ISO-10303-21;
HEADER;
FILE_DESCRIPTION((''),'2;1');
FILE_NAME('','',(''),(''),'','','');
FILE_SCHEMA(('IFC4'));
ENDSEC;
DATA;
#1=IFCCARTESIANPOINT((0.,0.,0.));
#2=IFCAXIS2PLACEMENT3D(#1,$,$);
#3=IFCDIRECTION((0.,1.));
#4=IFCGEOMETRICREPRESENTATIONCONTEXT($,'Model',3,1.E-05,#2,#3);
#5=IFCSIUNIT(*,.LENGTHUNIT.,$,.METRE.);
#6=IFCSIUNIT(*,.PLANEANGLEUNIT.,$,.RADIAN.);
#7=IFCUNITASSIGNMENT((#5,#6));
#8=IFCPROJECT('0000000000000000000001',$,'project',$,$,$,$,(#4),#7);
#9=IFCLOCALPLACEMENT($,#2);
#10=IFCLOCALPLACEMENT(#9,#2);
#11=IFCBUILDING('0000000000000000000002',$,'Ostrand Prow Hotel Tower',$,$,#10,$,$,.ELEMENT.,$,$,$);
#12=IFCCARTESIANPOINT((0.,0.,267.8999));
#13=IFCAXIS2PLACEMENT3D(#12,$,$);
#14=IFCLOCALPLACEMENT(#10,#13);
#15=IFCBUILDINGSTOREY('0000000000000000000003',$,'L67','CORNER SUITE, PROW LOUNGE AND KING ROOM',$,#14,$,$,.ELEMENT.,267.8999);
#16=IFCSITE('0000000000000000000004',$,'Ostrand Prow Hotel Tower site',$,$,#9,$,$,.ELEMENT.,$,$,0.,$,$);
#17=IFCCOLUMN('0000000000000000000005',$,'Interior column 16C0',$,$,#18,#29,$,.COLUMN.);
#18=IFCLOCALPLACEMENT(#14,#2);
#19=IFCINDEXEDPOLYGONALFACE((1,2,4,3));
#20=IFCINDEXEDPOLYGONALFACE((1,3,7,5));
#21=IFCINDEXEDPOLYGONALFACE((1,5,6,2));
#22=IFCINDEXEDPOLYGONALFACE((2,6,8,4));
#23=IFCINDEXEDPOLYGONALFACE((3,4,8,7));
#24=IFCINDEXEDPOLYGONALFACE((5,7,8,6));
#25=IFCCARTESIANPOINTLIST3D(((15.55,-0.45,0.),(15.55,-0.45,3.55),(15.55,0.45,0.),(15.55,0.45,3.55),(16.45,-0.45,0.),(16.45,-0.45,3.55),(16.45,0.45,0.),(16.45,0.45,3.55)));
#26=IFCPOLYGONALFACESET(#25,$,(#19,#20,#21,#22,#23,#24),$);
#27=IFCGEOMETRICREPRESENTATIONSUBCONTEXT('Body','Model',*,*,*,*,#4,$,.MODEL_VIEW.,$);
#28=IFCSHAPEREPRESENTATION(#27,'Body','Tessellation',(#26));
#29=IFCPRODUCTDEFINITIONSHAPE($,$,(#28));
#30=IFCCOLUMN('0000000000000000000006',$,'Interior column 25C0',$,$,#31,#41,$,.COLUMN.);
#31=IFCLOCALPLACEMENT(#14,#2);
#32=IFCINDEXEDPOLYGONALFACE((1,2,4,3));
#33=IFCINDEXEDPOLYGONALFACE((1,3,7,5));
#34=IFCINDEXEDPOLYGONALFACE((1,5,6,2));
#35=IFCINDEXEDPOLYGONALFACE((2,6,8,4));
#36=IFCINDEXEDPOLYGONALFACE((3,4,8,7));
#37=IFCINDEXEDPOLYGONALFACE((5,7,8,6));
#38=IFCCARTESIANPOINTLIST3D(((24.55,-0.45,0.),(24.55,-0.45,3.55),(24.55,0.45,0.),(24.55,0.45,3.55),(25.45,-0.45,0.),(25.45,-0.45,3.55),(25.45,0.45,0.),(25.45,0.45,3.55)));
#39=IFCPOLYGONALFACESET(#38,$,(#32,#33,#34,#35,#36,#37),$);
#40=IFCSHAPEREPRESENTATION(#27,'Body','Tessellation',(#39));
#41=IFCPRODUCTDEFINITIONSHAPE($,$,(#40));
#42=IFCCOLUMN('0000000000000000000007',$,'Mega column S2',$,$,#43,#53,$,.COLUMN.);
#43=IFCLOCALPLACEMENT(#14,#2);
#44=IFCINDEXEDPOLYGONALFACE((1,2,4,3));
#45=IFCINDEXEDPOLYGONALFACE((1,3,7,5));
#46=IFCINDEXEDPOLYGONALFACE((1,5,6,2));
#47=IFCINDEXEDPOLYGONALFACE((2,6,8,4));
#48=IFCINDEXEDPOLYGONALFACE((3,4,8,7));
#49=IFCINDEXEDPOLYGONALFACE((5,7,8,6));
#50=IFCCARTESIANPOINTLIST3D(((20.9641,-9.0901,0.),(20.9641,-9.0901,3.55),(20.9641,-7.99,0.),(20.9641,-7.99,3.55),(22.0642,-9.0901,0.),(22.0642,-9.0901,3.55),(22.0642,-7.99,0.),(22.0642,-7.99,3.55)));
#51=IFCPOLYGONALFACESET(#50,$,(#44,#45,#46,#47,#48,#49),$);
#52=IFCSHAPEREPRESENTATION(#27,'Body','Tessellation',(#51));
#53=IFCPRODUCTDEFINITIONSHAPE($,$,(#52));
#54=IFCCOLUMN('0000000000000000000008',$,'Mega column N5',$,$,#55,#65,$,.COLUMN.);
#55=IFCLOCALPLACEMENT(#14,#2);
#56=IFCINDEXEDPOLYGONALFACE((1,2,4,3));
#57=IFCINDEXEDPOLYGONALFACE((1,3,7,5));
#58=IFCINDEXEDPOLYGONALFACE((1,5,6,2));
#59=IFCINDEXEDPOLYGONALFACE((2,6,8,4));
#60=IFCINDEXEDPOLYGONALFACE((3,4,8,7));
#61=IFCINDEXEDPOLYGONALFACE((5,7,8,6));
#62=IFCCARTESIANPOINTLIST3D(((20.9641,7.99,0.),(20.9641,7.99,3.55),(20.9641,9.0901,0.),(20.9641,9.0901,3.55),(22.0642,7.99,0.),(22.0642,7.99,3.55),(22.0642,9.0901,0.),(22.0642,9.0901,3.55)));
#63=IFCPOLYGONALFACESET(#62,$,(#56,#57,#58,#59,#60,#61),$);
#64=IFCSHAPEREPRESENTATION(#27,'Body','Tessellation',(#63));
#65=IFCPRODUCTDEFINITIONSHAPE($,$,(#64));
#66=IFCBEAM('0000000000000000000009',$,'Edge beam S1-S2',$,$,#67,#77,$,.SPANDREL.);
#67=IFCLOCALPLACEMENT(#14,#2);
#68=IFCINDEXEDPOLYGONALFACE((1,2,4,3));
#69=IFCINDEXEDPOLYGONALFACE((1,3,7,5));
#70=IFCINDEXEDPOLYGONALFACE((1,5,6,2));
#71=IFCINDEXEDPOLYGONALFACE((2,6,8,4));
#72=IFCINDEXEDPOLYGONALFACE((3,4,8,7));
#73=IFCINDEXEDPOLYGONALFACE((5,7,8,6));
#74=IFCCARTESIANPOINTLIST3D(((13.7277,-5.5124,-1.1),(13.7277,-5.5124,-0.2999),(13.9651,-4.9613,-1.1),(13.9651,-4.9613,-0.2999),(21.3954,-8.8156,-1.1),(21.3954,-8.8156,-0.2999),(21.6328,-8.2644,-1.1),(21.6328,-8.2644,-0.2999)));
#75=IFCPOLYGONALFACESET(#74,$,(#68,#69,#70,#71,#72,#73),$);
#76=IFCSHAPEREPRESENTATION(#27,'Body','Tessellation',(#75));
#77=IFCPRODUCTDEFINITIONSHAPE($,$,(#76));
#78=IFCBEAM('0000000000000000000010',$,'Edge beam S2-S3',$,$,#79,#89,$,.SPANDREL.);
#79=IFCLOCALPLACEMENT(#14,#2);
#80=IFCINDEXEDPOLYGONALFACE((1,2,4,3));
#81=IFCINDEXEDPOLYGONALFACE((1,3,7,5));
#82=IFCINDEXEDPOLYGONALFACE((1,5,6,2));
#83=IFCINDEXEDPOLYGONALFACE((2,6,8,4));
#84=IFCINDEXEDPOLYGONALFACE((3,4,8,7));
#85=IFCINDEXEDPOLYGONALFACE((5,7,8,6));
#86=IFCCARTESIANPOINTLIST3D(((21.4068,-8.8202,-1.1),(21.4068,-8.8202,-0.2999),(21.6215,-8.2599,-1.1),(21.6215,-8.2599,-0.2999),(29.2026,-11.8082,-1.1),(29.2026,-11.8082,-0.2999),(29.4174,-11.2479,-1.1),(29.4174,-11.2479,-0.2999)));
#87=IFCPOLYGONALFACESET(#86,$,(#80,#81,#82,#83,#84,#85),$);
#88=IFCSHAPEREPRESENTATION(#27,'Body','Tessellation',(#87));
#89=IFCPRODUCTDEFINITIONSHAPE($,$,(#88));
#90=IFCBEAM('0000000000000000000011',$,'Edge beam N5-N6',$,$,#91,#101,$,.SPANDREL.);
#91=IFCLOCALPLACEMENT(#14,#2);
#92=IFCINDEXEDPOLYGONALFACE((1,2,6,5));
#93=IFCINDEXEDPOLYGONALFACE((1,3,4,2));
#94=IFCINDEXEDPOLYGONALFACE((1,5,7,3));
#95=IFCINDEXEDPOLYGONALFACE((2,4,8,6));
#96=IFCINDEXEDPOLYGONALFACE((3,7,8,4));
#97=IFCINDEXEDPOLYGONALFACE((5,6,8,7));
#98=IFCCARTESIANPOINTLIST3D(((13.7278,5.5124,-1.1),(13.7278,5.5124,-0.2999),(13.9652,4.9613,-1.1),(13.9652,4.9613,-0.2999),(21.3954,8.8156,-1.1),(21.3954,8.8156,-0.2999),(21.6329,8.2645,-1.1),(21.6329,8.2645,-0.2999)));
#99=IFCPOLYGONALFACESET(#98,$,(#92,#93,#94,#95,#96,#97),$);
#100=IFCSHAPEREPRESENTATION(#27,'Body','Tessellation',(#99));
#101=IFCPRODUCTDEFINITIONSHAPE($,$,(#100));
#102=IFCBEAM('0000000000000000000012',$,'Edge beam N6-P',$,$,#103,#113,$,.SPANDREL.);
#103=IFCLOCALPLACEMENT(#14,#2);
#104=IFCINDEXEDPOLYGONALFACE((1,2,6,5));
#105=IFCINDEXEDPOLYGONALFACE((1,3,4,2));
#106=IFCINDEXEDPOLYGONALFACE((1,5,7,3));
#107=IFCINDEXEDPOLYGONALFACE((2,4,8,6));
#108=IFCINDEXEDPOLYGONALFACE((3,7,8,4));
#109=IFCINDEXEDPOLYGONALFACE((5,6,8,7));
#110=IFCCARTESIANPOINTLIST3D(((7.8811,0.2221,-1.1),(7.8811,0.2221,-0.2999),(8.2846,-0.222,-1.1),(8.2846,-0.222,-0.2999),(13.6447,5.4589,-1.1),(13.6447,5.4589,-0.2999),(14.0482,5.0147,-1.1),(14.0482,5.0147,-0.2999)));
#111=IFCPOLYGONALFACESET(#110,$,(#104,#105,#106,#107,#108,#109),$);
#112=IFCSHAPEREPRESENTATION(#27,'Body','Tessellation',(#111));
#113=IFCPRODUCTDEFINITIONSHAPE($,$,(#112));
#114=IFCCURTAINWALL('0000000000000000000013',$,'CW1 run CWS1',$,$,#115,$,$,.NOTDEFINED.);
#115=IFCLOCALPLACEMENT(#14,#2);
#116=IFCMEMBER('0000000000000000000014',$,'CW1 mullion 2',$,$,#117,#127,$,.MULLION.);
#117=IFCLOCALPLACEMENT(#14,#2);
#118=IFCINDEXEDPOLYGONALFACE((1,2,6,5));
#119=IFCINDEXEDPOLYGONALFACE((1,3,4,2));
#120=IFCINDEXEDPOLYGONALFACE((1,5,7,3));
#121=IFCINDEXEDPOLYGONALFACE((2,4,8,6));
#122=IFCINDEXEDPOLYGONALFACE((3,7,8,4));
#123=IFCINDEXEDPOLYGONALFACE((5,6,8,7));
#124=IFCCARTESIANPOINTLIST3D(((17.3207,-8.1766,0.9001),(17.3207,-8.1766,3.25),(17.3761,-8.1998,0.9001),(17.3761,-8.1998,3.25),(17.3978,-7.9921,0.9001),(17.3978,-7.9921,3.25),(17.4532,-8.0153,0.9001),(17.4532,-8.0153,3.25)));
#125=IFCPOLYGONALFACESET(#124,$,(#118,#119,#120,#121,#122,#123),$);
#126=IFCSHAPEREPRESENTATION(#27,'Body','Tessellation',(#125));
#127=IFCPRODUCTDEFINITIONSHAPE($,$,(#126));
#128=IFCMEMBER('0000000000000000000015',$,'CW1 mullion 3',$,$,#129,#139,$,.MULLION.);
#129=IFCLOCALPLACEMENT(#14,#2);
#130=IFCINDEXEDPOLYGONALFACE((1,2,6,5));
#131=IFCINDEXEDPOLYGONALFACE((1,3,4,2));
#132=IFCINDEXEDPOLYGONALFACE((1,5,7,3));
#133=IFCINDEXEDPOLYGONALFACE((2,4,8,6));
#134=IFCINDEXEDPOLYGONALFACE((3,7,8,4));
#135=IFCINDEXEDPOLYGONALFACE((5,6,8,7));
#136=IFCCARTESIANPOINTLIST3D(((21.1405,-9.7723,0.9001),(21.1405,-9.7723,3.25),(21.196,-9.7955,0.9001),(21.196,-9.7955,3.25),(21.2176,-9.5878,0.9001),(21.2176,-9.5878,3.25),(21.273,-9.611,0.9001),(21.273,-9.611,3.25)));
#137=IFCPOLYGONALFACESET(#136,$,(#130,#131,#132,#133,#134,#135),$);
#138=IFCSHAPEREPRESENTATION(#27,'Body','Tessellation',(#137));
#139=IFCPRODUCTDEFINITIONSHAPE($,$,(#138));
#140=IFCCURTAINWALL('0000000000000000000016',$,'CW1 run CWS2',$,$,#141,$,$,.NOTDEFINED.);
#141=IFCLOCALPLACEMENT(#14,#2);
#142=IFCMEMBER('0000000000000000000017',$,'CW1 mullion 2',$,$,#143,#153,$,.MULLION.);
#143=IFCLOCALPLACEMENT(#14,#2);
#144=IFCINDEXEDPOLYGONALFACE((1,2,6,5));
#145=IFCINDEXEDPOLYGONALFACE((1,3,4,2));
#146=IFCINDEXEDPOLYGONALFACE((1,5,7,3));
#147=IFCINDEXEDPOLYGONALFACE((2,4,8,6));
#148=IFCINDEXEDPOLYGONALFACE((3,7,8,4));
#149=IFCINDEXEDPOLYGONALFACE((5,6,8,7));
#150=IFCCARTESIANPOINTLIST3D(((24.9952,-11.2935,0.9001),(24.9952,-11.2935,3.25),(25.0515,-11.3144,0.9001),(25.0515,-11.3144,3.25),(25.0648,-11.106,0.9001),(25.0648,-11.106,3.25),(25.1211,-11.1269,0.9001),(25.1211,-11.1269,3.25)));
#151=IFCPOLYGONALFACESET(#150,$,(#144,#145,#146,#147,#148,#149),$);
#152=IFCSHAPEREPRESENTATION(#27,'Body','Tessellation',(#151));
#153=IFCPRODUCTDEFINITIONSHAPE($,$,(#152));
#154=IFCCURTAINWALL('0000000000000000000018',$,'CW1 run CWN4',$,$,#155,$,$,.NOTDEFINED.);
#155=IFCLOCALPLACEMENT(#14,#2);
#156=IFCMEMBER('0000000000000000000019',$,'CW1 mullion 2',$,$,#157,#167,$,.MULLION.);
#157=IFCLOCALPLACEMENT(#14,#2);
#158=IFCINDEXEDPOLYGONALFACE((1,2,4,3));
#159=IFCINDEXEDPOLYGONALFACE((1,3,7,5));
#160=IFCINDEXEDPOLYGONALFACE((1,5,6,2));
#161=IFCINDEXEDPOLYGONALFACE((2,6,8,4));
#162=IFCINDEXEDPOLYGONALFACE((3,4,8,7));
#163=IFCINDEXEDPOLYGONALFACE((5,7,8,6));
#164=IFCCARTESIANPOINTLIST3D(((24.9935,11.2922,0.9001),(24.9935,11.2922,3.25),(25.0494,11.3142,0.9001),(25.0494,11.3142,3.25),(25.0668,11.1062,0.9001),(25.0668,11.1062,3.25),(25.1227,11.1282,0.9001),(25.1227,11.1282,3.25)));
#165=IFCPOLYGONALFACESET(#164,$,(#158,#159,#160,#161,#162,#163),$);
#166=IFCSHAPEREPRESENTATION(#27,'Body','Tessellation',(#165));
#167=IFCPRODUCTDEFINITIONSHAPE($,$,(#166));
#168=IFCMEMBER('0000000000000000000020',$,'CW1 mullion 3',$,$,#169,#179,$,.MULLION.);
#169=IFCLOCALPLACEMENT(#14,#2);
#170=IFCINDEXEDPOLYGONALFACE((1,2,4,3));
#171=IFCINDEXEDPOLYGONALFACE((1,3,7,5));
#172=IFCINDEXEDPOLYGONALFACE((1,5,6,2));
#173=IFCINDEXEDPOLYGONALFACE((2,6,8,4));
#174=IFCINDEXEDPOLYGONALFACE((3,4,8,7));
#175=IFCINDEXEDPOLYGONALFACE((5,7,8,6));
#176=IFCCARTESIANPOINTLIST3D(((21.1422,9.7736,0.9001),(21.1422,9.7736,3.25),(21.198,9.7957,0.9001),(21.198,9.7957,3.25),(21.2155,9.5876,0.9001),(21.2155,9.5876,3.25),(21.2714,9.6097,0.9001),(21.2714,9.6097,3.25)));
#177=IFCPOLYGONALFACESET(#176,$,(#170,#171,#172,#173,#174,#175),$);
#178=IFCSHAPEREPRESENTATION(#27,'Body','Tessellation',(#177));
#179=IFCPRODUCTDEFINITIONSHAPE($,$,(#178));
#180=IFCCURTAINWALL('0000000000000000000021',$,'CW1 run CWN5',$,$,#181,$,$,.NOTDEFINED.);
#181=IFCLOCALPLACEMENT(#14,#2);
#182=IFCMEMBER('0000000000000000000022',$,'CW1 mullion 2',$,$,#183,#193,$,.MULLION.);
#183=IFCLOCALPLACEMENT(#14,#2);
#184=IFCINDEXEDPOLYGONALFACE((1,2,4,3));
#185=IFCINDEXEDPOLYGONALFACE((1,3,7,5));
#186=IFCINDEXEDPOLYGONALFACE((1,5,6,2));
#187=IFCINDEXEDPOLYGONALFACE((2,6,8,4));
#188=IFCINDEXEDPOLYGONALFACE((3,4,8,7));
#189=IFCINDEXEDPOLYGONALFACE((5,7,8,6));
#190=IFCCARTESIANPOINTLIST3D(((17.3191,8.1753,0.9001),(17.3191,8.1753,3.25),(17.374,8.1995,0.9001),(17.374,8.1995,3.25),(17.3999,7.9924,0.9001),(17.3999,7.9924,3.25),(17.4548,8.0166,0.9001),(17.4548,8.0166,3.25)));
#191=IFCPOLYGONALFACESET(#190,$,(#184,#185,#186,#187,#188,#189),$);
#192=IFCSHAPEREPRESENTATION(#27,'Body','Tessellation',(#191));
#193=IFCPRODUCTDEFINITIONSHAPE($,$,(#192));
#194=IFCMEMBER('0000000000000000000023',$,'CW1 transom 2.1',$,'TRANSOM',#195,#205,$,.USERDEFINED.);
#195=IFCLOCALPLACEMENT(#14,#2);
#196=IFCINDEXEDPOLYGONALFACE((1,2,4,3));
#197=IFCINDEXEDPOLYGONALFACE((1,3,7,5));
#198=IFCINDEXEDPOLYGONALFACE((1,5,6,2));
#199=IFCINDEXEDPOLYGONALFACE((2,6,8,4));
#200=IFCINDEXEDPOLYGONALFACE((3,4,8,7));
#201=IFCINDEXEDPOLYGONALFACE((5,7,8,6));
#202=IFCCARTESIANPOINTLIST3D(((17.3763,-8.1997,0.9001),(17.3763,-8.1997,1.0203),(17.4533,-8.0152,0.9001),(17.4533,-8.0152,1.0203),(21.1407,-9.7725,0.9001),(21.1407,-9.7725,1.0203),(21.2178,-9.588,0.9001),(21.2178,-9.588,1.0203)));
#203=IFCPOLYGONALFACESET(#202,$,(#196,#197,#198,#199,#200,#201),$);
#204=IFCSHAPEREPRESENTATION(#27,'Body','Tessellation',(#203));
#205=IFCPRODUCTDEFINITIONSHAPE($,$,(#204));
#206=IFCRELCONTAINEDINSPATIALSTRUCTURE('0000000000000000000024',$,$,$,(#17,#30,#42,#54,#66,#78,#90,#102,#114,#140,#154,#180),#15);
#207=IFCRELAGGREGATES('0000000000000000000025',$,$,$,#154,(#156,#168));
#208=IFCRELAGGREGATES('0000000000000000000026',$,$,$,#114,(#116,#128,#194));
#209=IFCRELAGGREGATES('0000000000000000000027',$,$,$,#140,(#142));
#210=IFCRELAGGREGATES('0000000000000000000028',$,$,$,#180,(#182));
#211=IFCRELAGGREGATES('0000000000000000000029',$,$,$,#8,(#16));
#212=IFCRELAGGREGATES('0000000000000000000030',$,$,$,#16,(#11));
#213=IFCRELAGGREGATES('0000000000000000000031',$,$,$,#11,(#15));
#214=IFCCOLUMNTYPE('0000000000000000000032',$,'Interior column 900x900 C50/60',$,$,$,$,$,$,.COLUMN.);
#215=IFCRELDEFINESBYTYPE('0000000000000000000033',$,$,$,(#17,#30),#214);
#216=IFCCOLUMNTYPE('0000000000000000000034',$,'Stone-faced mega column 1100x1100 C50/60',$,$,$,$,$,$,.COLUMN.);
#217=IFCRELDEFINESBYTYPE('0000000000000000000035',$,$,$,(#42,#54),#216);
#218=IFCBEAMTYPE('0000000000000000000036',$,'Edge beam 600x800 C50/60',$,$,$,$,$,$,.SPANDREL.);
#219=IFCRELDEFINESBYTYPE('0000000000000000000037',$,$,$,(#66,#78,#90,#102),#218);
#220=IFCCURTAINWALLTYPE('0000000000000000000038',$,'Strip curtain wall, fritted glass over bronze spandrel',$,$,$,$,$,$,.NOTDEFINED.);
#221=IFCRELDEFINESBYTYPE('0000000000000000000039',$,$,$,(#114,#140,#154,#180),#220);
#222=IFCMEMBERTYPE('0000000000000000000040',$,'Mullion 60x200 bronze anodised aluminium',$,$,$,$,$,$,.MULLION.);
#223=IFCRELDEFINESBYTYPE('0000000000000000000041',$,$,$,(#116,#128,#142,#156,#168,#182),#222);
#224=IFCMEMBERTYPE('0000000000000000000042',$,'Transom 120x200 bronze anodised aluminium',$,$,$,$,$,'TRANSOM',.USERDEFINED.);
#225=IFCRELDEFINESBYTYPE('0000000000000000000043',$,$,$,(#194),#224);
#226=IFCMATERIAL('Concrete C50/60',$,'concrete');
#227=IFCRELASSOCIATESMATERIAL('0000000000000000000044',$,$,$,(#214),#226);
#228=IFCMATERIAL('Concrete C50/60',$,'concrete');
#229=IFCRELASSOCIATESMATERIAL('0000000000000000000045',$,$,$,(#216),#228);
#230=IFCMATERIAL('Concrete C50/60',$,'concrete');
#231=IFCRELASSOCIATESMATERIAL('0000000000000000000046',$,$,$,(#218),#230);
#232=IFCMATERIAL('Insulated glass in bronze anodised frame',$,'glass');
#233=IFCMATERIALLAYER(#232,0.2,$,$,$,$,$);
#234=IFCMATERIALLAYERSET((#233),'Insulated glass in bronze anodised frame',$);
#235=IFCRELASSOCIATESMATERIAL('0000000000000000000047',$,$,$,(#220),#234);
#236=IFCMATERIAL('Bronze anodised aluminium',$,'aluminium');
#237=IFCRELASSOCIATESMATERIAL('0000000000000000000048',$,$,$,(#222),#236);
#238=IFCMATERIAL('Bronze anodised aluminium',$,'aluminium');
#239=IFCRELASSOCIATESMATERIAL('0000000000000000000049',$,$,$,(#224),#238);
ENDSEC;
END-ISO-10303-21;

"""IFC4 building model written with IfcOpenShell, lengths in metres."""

from ifc_helpers import new_model, si_unit, direction, frame, origin, origin_2d, place, context, subcontext, project, spatial, rectangle, extrude, material, layer, layer_set, material_profile, profile_set, type_object, element, aggregate, save


model = new_model("IFC4")

# Units and contexts
model_context = context("Model", 3, precision=1e-05, world=origin(), true_north=direction((0.0, 1.0)))
body_context = subcontext(model_context, "Body", "Model", "MODEL_VIEW")
ifc_project = project(units=[si_unit("LENGTHUNIT", "METRE"), si_unit("PLANEANGLEUNIT", "RADIAN")], contexts=[model_context])

# Site, building, storey
site_placement = place(None, origin())
site = spatial("IfcSite", under=ifc_project, at=site_placement, Name="Ostrand Prow Hotel Tower site", CompositionType="ELEMENT", RefElevation=0.0)
building_placement = place(site_placement, origin())
building = spatial("IfcBuilding", under=site, at=building_placement, Name="Ostrand Prow Hotel Tower", CompositionType="ELEMENT")
storey_placement = place(building_placement, frame((0.0, 0.0, 267.8999)))
storey = spatial("IfcBuildingStorey", under=building, at=storey_placement, Name="L67", Description="CORNER SUITE, PROW LOUNGE AND KING ROOM", CompositionType="ELEMENT", Elevation=267.8999)

# Columns
ifc_material_1 = material(Name="Concrete C50/60", Category="concrete")
ifc_material_profile_1 = material_profile(ifc_material_1, rectangle(XDim=0.8999, YDim=0.8999, at=origin_2d()), Name="RC 900x900")
ifc_profile_set_1 = profile_set([ifc_material_profile_1], Name="Concrete C50/60")
column_type_1 = type_object("IfcColumnType", Name="Interior column 900x900 C50/60", PredefinedType="COLUMN", material=ifc_profile_set_1)
for number, where, z_axis, x_axis, name in (
    (1, (16.0, 0.0, 0.0), (0.0, 0.0, 1.0), (1.0, 0.0, 0.0), "Interior column 16C0"),
    (2, (25.0, 0.0, 0.0), (0.0, 0.0, 1.0), (1.0, 0.0, 0.0), "Interior column 25C0"),
):
    element("IfcColumn", number, at=place(storey_placement, frame(where, z_axis=z_axis, x_axis=x_axis)), inside=storey, type_object=column_type_1, Name=name, PredefinedType="COLUMN", context=body_context, shape_type="SweptSolid", body=[
        extrude(rectangle(XDim=0.8999, YDim=0.8999, at=origin_2d()), origin(), (0.0, 0.0, 1.0), 3.55),
    ])
ifc_material_2 = material(Name="Concrete C50/60", Category="concrete")
ifc_material_profile_2 = material_profile(ifc_material_2, rectangle(XDim=1.1001, YDim=1.1001, at=origin_2d()), Name="RC 1100x1100")
ifc_profile_set_2 = profile_set([ifc_material_profile_2], Name="Concrete C50/60")
column_type_2 = type_object("IfcColumnType", Name="Stone-faced mega column 1100x1100 C50/60", PredefinedType="COLUMN", material=ifc_profile_set_2)
for number, where, z_axis, x_axis, name in (
    (3, (21.5142, -8.54, 0.0), (0.0, 0.0, 1.0), (1.0, 0.0, 0.0), "Mega column S2"),
    (4, (21.5142, 8.54, 0.0), (0.0, 0.0, 1.0), (1.0, 0.0, 0.0), "Mega column N5"),
):
    element("IfcColumn", number, at=place(storey_placement, frame(where, z_axis=z_axis, x_axis=x_axis)), inside=storey, type_object=column_type_2, Name=name, PredefinedType="COLUMN", context=body_context, shape_type="SweptSolid", body=[
        extrude(rectangle(XDim=1.1001, YDim=1.1001, at=origin_2d()), origin(), (0.0, 0.0, 1.0), 3.55),
    ])

# Beams
ifc_material_3 = material(Name="Concrete C50/60", Category="concrete")
ifc_material_profile_3 = material_profile(ifc_material_3, rectangle(XDim=0.6001, YDim=0.8, at=origin_2d()), Name="RC 600x800")
ifc_profile_set_3 = profile_set([ifc_material_profile_3], Name="Concrete C50/60")
beam_type = type_object("IfcBeamType", Name="Edge beam 600x800 C50/60", PredefinedType="SPANDREL", material=ifc_profile_set_3)
for number, where, z_axis, x_axis, name in (
    (5, (13.8464, -5.2368, -0.7), (0.918404, -0.395644, 0.0), (0.395644, 0.918404, 0.0), "Edge beam S1-S2"),
    (6, (21.5142, -8.54, -0.7), (0.933762, -0.357895, 0.0), (0.357895, 0.933762, 0.0), "Edge beam S2-S3"),
    (7, (21.5142, 8.54, -0.7), (-0.918404, -0.395644, 0.0), (0.395644, -0.918404, 0.0), "Edge beam N5-N6"),
):
    element("IfcBeam", number, at=place(storey_placement, frame(where, z_axis=z_axis, x_axis=x_axis)), inside=storey, type_object=beam_type, Name=name, PredefinedType="SPANDREL", context=body_context, shape_type="SweptSolid", body=[
        extrude(rectangle(XDim=0.6001, YDim=0.8, at=origin_2d()), origin(), (0.0, 0.0, 1.0), 8.3489),
    ])
beam_placement = place(storey_placement, frame((13.8464, 5.2368, -0.7), z_axis=(-0.740124, -0.67247, 0.0), x_axis=(0.67247, -0.740124, 0.0)))
element("IfcBeam", 8, at=beam_placement, inside=storey, type_object=beam_type, Name="Edge beam N6-P", PredefinedType="SPANDREL", context=body_context, shape_type="SweptSolid", body=[
    extrude(rectangle(XDim=0.6001, YDim=0.8, at=origin_2d()), origin(), (0.0, 0.0, 1.0), 7.7874),
])

# Curtain wall, members
ifc_material_4 = material(Name="Insulated glass in bronze anodised frame", Category="glass")
ifc_layer_1 = layer(ifc_material_4, 0.2)
ifc_layer_set_1 = layer_set([ifc_layer_1], Name="Insulated glass in bronze anodised frame")
curtain_wall_type = type_object("IfcCurtainWallType", Name="Strip curtain wall, fritted glass over bronze spandrel", PredefinedType="NOTDEFINED", material=ifc_layer_set_1)
curtain_wall_1_placement = place(storey_placement, origin())
curtain_wall_1 = element("IfcCurtainWall", 9, at=curtain_wall_1_placement, inside=storey, type_object=curtain_wall_type, Name="CW1 run CWS1", PredefinedType="NOTDEFINED")
ifc_material_5 = material(Name="Bronze anodised aluminium", Category="aluminium")
ifc_material_profile_4 = material_profile(ifc_material_5, rectangle(XDim=0.2, YDim=0.0601, at=origin_2d()), Name="Mullion 60x200 bronze anodised aluminium")
ifc_profile_set_4 = profile_set([ifc_material_profile_4], Name="Bronze anodised aluminium")
member_type_1 = type_object("IfcMemberType", Name="Mullion 60x200 bronze anodised aluminium", PredefinedType="MULLION", material=ifc_profile_set_4)
member_1_placement = place(storey_placement, frame((17.387, -8.0959, 0.9001), z_axis=(0.0, 0.0, 1.0), x_axis=(0.385471, 0.92272, 0.0)))
member_1 = element("IfcMember", 10, at=member_1_placement, type_object=member_type_1, Name="CW1 mullion 2", PredefinedType="MULLION", context=body_context, shape_type="SweptSolid", body=[
    extrude(rectangle(XDim=0.2, YDim=0.0601, at=origin_2d()), origin(), (0.0, 0.0, 1.0), 2.3499),
])
member_2_placement = place(storey_placement, frame((21.2068, -9.6917, 0.9001), z_axis=(0.0, 0.0, 1.0), x_axis=(0.385471, 0.92272, 0.0)))
member_2 = element("IfcMember", 11, at=member_2_placement, type_object=member_type_1, Name="CW1 mullion 3", PredefinedType="MULLION", context=body_context, shape_type="SweptSolid", body=[
    extrude(rectangle(XDim=0.2, YDim=0.0601, at=origin_2d()), origin(), (0.0, 0.0, 1.0), 2.3499),
])

# Curtain wall, member
curtain_wall_2_placement = place(storey_placement, origin())
curtain_wall_2 = element("IfcCurtainWall", 12, at=curtain_wall_2_placement, inside=storey, type_object=curtain_wall_type, Name="CW1 run CWS2", PredefinedType="NOTDEFINED")
member_3_placement = place(storey_placement, frame((25.0581, -11.2102, 0.9001), z_axis=(0.0, 0.0, 1.0), x_axis=(0.348071, 0.937468, 0.0)))
member_3 = element("IfcMember", 13, at=member_3_placement, type_object=member_type_1, Name="CW1 mullion 2", PredefinedType="MULLION", context=body_context, shape_type="SweptSolid", body=[
    extrude(rectangle(XDim=0.2, YDim=0.0601, at=origin_2d()), origin(), (0.0, 0.0, 1.0), 2.3499),
])

# Curtain wall, members
curtain_wall_3_placement = place(storey_placement, origin())
curtain_wall_3 = element("IfcCurtainWall", 14, at=curtain_wall_3_placement, inside=storey, type_object=curtain_wall_type, Name="CW1 run CWN4", PredefinedType="NOTDEFINED")
member_4_placement = place(storey_placement, frame((25.0581, 11.2102, 0.9001), z_axis=(0.0, 0.0, 1.0), x_axis=(0.366845, -0.930282, 0.0)))
member_4 = element("IfcMember", 15, at=member_4_placement, type_object=member_type_1, Name="CW1 mullion 2", PredefinedType="MULLION", context=body_context, shape_type="SweptSolid", body=[
    extrude(rectangle(XDim=0.2, YDim=0.0601, at=origin_2d()), origin(), (0.0, 0.0, 1.0), 2.3499),
])
member_5_placement = place(storey_placement, frame((21.2068, 9.6917, 0.9001), z_axis=(0.0, 0.0, 1.0), x_axis=(0.366845, -0.930282, 0.0)))
member_5 = element("IfcMember", 16, at=member_5_placement, type_object=member_type_1, Name="CW1 mullion 3", PredefinedType="MULLION", context=body_context, shape_type="SweptSolid", body=[
    extrude(rectangle(XDim=0.2, YDim=0.0601, at=origin_2d()), origin(), (0.0, 0.0, 1.0), 2.3499),
])

# Curtain wall, member
curtain_wall_4_placement = place(storey_placement, origin())
curtain_wall_4 = element("IfcCurtainWall", 17, at=curtain_wall_4_placement, inside=storey, type_object=curtain_wall_type, Name="CW1 run CWN5", PredefinedType="NOTDEFINED")
member_6_placement = place(storey_placement, frame((17.387, 8.0959, 0.9001), z_axis=(0.0, 0.0, 1.0), x_axis=(0.40394, -0.914786, 0.0)))
member_6 = element("IfcMember", 18, at=member_6_placement, type_object=member_type_1, Name="CW1 mullion 2", PredefinedType="MULLION", context=body_context, shape_type="SweptSolid", body=[
    extrude(rectangle(XDim=0.2, YDim=0.0601, at=origin_2d()), origin(), (0.0, 0.0, 1.0), 2.3499),
])

# Member
ifc_material_6 = material(Name="Bronze anodised aluminium", Category="aluminium")
ifc_material_profile_5 = material_profile(ifc_material_6, rectangle(XDim=0.2, YDim=0.1201, at=origin_2d()), Name="Transom 120x200 bronze anodised aluminium")
ifc_profile_set_5 = profile_set([ifc_material_profile_5], Name="Bronze anodised aluminium")
member_type_2 = type_object("IfcMemberType", Name="Transom 120x200 bronze anodised aluminium", ElementType="TRANSOM", PredefinedType="USERDEFINED", material=ifc_profile_set_5)
member_7_placement = place(storey_placement, frame((17.4148, -8.1074, 0.9602), z_axis=(0.922706, -0.385503, 0.0), x_axis=(0.385503, 0.922706, 0.0)))
member_7 = element("IfcMember", 19, at=member_7_placement, type_object=member_type_2, Name="CW1 transom 2.1", ObjectType="TRANSOM", PredefinedType="USERDEFINED", context=body_context, shape_type="SweptSolid", body=[
    extrude(rectangle(XDim=0.2, YDim=0.1201, at=origin_2d()), origin(), (0.0, 0.0, 1.0), 4.0798),
])

aggregate(curtain_wall_3, [member_4, member_5])
aggregate(curtain_wall_1, [member_1, member_2, member_7])
aggregate(curtain_wall_2, [member_3])
aggregate(curtain_wall_4, [member_6])

save(model, "model.ifc")
